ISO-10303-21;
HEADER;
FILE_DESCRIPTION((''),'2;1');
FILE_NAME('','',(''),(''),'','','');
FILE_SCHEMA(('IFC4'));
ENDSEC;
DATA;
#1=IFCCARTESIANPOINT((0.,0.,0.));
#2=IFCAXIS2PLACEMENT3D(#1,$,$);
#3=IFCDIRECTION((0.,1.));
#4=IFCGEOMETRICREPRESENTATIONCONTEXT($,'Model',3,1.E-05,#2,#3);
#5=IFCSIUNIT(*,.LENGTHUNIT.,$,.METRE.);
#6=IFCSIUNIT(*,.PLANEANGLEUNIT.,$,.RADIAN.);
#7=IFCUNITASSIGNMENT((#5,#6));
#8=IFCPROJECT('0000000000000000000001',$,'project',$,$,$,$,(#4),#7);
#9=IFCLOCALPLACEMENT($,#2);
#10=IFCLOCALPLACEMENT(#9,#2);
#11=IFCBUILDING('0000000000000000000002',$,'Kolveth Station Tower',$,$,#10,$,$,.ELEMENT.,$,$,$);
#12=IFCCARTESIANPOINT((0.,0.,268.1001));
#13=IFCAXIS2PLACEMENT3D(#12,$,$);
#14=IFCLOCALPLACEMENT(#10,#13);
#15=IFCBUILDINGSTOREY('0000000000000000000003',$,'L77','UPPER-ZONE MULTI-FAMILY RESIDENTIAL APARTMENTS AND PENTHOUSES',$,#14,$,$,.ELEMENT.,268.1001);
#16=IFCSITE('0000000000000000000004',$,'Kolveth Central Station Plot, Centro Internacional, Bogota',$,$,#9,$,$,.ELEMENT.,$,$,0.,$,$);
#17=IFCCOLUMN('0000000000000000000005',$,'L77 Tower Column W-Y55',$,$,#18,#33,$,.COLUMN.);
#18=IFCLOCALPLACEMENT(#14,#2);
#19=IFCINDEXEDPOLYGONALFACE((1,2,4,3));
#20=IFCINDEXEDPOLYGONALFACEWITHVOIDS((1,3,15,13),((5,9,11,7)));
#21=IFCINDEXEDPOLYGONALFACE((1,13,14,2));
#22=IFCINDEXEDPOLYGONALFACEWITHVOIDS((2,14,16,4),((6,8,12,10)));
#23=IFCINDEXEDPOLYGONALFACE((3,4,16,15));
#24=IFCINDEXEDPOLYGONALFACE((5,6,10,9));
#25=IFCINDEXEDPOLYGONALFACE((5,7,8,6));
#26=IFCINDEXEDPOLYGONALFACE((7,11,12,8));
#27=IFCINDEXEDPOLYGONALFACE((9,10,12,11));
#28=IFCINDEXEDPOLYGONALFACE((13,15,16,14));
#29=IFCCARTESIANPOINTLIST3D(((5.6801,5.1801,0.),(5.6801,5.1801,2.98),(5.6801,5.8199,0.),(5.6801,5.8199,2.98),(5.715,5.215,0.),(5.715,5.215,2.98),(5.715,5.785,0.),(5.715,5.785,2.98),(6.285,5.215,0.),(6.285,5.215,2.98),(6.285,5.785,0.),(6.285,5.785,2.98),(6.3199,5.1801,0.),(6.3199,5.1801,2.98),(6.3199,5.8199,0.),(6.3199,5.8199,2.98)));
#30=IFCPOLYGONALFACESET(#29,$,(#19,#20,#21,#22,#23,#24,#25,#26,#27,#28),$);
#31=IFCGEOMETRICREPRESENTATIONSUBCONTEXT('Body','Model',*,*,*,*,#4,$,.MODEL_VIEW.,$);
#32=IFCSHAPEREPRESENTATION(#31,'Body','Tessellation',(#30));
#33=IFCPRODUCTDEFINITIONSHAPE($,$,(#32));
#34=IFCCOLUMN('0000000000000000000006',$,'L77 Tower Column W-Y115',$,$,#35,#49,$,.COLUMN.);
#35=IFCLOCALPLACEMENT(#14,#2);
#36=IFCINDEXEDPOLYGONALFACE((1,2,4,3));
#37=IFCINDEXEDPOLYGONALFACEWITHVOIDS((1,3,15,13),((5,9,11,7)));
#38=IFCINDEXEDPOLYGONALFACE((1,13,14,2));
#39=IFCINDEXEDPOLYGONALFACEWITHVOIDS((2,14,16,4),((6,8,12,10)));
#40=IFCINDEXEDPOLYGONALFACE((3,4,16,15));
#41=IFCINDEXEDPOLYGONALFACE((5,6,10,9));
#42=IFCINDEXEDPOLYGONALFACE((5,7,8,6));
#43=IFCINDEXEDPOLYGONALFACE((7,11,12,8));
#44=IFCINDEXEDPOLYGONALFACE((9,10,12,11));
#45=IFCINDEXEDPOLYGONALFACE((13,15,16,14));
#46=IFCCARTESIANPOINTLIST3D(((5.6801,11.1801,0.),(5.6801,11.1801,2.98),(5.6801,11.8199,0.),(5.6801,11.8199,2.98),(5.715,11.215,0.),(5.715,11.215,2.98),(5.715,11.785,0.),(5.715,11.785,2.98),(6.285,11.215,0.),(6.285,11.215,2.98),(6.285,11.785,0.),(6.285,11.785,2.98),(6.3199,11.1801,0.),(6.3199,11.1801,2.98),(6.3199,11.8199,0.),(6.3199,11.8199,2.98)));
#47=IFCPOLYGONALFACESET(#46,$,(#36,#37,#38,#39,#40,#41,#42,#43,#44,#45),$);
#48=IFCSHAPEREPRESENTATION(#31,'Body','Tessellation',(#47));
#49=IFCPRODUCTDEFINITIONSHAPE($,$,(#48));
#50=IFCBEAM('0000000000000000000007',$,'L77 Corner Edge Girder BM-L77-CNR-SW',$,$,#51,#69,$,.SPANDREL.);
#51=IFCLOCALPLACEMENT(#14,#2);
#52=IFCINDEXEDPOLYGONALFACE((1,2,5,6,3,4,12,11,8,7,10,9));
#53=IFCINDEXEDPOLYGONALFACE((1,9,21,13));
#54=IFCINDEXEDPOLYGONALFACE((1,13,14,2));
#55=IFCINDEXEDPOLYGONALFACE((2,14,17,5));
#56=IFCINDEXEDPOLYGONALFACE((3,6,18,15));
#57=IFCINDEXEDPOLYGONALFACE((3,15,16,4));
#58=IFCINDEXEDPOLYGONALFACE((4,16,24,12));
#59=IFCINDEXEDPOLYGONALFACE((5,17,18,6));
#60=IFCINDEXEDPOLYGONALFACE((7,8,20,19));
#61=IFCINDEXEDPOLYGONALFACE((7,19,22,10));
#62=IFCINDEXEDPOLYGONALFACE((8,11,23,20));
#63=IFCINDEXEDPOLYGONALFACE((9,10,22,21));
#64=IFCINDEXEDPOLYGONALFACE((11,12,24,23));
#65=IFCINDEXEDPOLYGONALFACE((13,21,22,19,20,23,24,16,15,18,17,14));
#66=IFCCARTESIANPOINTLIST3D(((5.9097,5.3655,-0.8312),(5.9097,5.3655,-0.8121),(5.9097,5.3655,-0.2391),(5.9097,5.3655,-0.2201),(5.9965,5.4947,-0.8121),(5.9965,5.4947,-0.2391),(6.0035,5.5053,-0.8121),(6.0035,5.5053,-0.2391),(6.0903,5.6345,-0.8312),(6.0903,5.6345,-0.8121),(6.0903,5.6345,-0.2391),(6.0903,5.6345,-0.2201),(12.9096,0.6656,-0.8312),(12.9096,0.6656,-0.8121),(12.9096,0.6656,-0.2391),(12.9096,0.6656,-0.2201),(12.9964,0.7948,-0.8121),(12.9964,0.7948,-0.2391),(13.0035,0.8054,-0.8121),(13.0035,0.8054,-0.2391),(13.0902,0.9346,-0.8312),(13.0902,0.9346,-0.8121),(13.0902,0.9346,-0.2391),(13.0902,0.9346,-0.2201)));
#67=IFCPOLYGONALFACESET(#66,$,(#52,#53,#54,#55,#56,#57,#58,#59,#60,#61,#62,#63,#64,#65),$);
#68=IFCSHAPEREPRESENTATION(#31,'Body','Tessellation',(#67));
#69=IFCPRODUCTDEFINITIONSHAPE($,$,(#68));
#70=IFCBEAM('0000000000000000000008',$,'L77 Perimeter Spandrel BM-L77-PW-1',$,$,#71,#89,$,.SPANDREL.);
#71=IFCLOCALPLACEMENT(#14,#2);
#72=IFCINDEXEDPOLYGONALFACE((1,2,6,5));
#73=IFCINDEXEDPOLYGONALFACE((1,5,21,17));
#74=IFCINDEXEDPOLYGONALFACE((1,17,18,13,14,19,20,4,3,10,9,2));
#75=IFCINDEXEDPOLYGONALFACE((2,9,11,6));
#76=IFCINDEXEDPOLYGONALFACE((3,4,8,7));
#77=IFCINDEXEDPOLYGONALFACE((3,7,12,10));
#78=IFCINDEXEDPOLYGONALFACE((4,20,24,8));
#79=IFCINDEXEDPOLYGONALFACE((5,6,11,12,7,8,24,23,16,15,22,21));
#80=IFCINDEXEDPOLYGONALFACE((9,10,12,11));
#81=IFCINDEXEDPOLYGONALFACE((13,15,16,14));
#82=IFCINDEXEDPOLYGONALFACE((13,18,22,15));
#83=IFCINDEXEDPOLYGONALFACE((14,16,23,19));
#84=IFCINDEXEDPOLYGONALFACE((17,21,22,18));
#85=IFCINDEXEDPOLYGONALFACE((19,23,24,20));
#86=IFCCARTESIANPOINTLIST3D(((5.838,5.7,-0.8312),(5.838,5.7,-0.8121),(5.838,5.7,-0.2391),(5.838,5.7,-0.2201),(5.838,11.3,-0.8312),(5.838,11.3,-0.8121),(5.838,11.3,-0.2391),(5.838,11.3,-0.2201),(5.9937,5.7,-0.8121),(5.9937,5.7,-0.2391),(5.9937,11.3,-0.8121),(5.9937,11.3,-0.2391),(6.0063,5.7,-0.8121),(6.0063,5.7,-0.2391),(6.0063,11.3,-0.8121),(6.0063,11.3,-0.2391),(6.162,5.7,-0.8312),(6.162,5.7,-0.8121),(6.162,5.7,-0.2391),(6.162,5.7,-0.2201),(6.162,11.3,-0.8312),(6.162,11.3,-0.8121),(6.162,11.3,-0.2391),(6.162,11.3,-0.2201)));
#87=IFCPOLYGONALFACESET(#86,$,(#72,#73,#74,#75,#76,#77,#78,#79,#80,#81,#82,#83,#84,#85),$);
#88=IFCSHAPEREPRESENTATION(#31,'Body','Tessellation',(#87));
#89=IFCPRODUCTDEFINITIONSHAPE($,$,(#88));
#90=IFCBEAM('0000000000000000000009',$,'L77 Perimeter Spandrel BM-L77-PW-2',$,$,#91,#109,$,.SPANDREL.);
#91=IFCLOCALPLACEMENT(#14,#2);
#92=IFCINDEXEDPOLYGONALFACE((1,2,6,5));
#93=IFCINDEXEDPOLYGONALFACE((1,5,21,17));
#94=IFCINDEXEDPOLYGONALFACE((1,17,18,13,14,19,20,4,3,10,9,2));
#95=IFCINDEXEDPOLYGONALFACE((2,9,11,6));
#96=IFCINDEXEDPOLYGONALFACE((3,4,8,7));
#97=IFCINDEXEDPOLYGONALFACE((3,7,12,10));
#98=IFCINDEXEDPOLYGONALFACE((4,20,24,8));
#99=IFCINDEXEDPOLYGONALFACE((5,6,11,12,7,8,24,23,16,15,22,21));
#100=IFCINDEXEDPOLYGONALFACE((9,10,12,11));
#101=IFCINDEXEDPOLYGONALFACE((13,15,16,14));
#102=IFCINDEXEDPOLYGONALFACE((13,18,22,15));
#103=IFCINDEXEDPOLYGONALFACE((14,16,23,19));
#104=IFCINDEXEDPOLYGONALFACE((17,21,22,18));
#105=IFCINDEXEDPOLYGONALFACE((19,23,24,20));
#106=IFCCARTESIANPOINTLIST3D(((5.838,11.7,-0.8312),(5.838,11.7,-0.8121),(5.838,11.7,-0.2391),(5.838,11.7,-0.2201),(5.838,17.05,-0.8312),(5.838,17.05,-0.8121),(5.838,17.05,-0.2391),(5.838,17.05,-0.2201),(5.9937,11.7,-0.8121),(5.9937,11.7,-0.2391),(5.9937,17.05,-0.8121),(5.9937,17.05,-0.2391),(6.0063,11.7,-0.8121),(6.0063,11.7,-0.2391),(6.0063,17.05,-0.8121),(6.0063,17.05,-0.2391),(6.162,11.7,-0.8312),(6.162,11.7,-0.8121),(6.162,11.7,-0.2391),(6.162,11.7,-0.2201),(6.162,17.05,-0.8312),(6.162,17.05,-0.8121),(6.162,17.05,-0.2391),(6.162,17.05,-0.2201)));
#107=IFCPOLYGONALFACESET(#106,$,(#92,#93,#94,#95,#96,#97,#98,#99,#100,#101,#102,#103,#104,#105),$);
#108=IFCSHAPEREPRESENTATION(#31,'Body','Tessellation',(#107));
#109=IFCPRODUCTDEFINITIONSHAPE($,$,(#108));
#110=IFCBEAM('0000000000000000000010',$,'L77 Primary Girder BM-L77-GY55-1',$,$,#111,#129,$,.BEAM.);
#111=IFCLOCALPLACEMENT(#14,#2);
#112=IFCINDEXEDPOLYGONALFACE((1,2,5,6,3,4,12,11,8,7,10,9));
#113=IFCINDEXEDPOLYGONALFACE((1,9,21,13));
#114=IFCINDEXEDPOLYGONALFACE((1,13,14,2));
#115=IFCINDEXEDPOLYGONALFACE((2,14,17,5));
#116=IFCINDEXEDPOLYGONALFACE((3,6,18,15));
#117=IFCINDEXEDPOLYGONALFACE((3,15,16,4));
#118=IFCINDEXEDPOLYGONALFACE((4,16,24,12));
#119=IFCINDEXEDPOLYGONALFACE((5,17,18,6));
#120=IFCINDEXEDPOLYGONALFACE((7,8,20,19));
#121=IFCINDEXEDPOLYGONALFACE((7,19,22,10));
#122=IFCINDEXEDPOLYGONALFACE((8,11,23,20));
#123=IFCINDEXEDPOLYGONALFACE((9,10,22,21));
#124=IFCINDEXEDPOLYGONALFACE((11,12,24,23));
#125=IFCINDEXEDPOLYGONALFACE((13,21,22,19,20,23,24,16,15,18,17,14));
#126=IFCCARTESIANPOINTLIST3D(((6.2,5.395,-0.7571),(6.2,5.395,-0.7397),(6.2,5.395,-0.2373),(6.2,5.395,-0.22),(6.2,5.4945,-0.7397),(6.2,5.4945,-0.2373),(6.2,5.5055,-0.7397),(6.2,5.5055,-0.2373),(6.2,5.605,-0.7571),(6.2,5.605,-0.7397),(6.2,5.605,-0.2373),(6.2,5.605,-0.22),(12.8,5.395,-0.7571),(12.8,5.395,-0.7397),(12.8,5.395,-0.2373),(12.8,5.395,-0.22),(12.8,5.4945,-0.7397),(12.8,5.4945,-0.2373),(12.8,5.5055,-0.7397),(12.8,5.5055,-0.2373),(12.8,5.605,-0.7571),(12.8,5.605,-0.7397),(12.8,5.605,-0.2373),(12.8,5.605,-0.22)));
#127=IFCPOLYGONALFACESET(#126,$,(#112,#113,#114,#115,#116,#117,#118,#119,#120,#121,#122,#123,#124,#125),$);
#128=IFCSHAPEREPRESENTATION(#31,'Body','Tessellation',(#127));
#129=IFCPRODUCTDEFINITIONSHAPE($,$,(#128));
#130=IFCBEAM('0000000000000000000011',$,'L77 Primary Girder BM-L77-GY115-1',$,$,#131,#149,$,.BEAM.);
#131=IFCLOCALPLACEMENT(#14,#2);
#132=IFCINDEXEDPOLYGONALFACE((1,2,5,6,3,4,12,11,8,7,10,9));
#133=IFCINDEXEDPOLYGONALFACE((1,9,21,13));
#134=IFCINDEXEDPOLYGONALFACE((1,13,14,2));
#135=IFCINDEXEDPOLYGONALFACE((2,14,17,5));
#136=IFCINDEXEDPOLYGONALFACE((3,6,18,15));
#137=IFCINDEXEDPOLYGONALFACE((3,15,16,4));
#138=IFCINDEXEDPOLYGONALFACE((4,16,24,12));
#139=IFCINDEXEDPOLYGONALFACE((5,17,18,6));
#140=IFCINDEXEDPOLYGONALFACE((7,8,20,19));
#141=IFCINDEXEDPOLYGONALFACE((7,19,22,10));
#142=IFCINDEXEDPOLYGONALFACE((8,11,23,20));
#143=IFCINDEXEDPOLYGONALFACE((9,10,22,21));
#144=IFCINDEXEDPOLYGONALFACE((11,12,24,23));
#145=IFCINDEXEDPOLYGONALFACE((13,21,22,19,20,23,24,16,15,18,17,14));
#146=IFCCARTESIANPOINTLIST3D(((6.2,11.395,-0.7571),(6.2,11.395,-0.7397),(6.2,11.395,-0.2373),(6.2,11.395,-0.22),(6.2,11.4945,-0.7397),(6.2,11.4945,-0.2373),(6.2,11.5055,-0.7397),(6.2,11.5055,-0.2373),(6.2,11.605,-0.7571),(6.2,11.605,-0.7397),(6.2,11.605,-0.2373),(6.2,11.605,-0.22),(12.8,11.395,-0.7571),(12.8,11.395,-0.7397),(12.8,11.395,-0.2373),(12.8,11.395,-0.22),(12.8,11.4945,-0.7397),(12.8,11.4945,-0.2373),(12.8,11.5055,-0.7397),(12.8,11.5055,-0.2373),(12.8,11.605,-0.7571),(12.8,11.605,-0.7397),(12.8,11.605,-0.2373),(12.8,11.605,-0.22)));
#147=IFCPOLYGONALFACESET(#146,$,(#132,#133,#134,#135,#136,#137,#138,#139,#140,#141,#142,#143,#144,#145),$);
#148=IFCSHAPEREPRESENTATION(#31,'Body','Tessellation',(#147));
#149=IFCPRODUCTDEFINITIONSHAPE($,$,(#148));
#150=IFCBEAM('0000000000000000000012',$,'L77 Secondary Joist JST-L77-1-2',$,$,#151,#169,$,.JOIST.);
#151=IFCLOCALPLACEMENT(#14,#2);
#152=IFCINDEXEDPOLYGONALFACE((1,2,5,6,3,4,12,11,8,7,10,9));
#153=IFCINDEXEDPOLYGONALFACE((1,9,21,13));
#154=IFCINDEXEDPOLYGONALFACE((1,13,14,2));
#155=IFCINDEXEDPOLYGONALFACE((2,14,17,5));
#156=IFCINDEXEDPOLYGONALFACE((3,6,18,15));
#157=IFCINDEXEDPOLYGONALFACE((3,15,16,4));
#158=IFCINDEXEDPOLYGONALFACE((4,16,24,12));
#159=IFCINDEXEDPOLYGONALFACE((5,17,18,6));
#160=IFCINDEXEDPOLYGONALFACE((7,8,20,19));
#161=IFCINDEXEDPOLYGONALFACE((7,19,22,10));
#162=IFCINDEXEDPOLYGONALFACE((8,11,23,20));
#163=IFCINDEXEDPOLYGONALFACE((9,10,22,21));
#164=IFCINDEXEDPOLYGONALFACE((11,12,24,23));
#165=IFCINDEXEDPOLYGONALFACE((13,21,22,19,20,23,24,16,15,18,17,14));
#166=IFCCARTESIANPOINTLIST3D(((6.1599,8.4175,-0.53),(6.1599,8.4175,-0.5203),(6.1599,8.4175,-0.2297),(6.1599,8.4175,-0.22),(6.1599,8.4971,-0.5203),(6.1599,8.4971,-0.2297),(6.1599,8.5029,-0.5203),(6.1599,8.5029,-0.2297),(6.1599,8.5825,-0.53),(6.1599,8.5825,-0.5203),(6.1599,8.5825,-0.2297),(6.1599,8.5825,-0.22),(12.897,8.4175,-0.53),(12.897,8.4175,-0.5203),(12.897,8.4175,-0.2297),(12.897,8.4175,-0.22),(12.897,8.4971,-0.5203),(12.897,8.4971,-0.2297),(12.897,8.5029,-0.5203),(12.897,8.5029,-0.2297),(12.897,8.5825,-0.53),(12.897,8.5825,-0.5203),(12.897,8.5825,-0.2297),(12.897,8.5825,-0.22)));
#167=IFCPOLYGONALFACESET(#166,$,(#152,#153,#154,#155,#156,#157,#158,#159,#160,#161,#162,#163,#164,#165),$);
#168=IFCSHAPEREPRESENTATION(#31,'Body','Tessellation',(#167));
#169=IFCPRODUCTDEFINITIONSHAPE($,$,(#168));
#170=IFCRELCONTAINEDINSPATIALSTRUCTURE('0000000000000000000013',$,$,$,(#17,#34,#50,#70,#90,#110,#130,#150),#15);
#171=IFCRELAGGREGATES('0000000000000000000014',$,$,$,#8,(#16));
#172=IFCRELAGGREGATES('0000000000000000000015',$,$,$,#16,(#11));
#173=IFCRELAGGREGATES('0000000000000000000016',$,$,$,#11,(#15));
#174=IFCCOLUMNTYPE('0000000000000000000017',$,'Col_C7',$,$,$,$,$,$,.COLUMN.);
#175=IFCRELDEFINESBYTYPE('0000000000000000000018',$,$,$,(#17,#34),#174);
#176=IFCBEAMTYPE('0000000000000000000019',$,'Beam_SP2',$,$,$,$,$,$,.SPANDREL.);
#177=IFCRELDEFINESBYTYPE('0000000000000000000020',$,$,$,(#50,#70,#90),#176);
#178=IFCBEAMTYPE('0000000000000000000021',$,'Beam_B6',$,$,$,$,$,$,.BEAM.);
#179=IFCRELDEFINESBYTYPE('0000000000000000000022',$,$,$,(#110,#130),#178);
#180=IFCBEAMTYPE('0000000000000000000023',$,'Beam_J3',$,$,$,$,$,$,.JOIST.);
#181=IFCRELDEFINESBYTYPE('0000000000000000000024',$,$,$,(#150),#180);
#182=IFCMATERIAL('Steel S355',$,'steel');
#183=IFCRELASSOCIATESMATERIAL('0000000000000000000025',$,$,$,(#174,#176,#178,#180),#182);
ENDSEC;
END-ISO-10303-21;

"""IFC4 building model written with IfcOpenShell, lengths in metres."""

from ifc_helpers import new_model, si_unit, direction, frame, origin, origin_2d, place, context, subcontext, project, spatial, hollow_rectangle, i_section, extrude, source, transform, mapped, material, material_profile, profile_set, type_object, element, save


model = new_model("IFC4")

# Units and contexts
model_context = context("Model", 3, precision=1e-05, world=origin(), true_north=direction((0.0, 1.0)))
body_context = subcontext(model_context, "Body", "Model", "MODEL_VIEW")
ifc_project = project(units=[si_unit("LENGTHUNIT", "METRE"), si_unit("PLANEANGLEUNIT", "RADIAN")], contexts=[model_context])

# Site, building, storey
site_placement = place(None, origin())
site = spatial("IfcSite", under=ifc_project, at=site_placement, Name="Kolveth Central Station Plot, Centro Internacional, Bogota", CompositionType="ELEMENT", RefElevation=0.0)
building_placement = place(site_placement, origin())
building = spatial("IfcBuilding", under=site, at=building_placement, Name="Kolveth Station Tower", CompositionType="ELEMENT")
storey_placement = place(building_placement, frame((0.0, 0.0, 268.1001)))
storey = spatial("IfcBuildingStorey", under=building, at=storey_placement, Name="L77", Description="UPPER-ZONE MULTI-FAMILY RESIDENTIAL APARTMENTS AND PENTHOUSES", CompositionType="ELEMENT", Elevation=268.1001)

# Columns
ifc_material_1 = material(Name="Steel S355", Category="steel")
ifc_material_profile_1 = material_profile(ifc_material_1, hollow_rectangle(XDim=0.6399, YDim=0.6399, WallThickness=0.0349, at=origin_2d()), Name="BOX640x640x35")
ifc_profile_set_1 = profile_set([ifc_material_profile_1], Name="Steel S355")
column_type = type_object("IfcColumnType", Name="Col_C7", PredefinedType="COLUMN", material=ifc_profile_set_1)
shared_shape_1 = source(origin(), body_context, "Body", "SweptSolid", [
    extrude(hollow_rectangle(XDim=0.6399, YDim=0.6399, WallThickness=0.0349, at=origin_2d()), origin(), (0.0, 0.0, 1.0), 2.98),
])
for number, where, z_axis, x_axis, name in (
    (1, (6.0, 5.5, 0.0), (0.0, 0.0, 1.0), (1.0, 0.0, 0.0), "L77 Tower Column W-Y55"),
    (2, (6.0, 11.5, 0.0), (0.0, 0.0, 1.0), (1.0, 0.0, 0.0), "L77 Tower Column W-Y115"),
):
    element("IfcColumn", number, at=place(storey_placement, frame(where, z_axis=z_axis, x_axis=x_axis)), inside=storey, type_object=column_type, Name=name, PredefinedType="COLUMN", context=body_context, shape_type="MappedRepresentation", body=[
        mapped(shared_shape_1, transform((0.0, 0.0, 0.0), x_axis=(1.0, 0.0, 0.0), y_axis=(0.0, 1.0, 0.0), z_axis=(0.0, 0.0, 1.0), scale=1.0)),
    ])

# Beams
ifc_material_profile_2 = material_profile(ifc_material_1, i_section(OverallWidth=0.324, OverallDepth=0.6111, WebThickness=0.0127, FlangeThickness=0.019, at=origin_2d()), Name="W610x155")
ifc_profile_set_2 = profile_set([ifc_material_profile_2], Name="Steel S355")
beam_type_1 = type_object("IfcBeamType", Name="Beam_SP2", PredefinedType="SPANDREL", material=ifc_profile_set_2)
shared_shape_2 = source(origin(), body_context, "Body", "SweptSolid", [
    extrude(i_section(OverallWidth=0.324, OverallDepth=0.6111, WebThickness=0.0127, FlangeThickness=0.019, at=origin_2d()), origin(), (0.0, 0.0, 1.0), 8.4314),
])
beam_1_placement = place(storey_placement, frame((6.0, 5.5, -0.5256), z_axis=(0.830224, -0.55743, 0.0), x_axis=(0.55743, 0.830224, 0.0)))
element("IfcBeam", 3, at=beam_1_placement, inside=storey, type_object=beam_type_1, Name="L77 Corner Edge Girder BM-L77-CNR-SW", PredefinedType="SPANDREL", context=body_context, shape_type="MappedRepresentation", body=[
    mapped(shared_shape_2, transform((0.0, 0.0, 0.0), x_axis=(1.0, 0.0, 0.0), y_axis=(0.0, 1.0, 0.0), z_axis=(0.0, 0.0, 1.0), scale=1.0)),
])
shared_shape_3 = source(origin(), body_context, "Body", "SweptSolid", [
    extrude(i_section(OverallWidth=0.324, OverallDepth=0.6111, WebThickness=0.0127, FlangeThickness=0.019, at=origin_2d()), origin(), (0.0, 0.0, 1.0), 5.6001),
])
beam_2_placement = place(storey_placement, frame((6.0, 5.7, -0.5256), z_axis=(0.0, 1.0, 0.0), x_axis=(-1.0, 0.0, 0.0)))
element("IfcBeam", 4, at=beam_2_placement, inside=storey, type_object=beam_type_1, Name="L77 Perimeter Spandrel BM-L77-PW-1", PredefinedType="SPANDREL", context=body_context, shape_type="MappedRepresentation", body=[
    mapped(shared_shape_3, transform((0.0, 0.0, 0.0), x_axis=(1.0, 0.0, 0.0), y_axis=(0.0, 1.0, 0.0), z_axis=(0.0, 0.0, 1.0), scale=1.0)),
])
shared_shape_4 = source(origin(), body_context, "Body", "SweptSolid", [
    extrude(i_section(OverallWidth=0.324, OverallDepth=0.6111, WebThickness=0.0127, FlangeThickness=0.019, at=origin_2d()), origin(), (0.0, 0.0, 1.0), 5.3501),
])
beam_3_placement = place(storey_placement, frame((6.0, 11.7, -0.5256), z_axis=(0.0, 1.0, 0.0), x_axis=(-1.0, 0.0, 0.0)))
element("IfcBeam", 5, at=beam_3_placement, inside=storey, type_object=beam_type_1, Name="L77 Perimeter Spandrel BM-L77-PW-2", PredefinedType="SPANDREL", context=body_context, shape_type="MappedRepresentation", body=[
    mapped(shared_shape_4, transform((0.0, 0.0, 0.0), x_axis=(1.0, 0.0, 0.0), y_axis=(0.0, 1.0, 0.0), z_axis=(0.0, 0.0, 1.0), scale=1.0)),
])
ifc_material_profile_3 = material_profile(ifc_material_1, i_section(OverallWidth=0.21, OverallDepth=0.5371, WebThickness=0.011, FlangeThickness=0.0173, at=origin_2d()), Name="W530x101")
ifc_profile_set_3 = profile_set([ifc_material_profile_3], Name="Steel S355")
beam_type_2 = type_object("IfcBeamType", Name="Beam_B6", PredefinedType="BEAM", material=ifc_profile_set_3)
shared_shape_5 = source(origin(), body_context, "Body", "SweptSolid", [
    extrude(i_section(OverallWidth=0.21, OverallDepth=0.5371, WebThickness=0.011, FlangeThickness=0.0173, at=origin_2d()), origin(), (0.0, 0.0, 1.0), 6.6001),
])
for number, where, z_axis, x_axis, name in (
    (6, (6.2, 5.5, -0.4885), (1.0, 0.0, 0.0), (0.0, 1.0, 0.0), "L77 Primary Girder BM-L77-GY55-1"),
    (7, (6.2, 11.5, -0.4885), (1.0, 0.0, 0.0), (0.0, 1.0, 0.0), "L77 Primary Girder BM-L77-GY115-1"),
):
    element("IfcBeam", number, at=place(storey_placement, frame(where, z_axis=z_axis, x_axis=x_axis)), inside=storey, type_object=beam_type_2, Name=name, PredefinedType="BEAM", context=body_context, shape_type="MappedRepresentation", body=[
        mapped(shared_shape_5, transform((0.0, 0.0, 0.0), x_axis=(1.0, 0.0, 0.0), y_axis=(0.0, 1.0, 0.0), z_axis=(0.0, 0.0, 1.0), scale=1.0)),
    ])
ifc_material_profile_4 = material_profile(ifc_material_1, i_section(OverallWidth=0.165, OverallDepth=0.3101, WebThickness=0.0059, FlangeThickness=0.0098, at=origin_2d()), Name="W310x39")
ifc_profile_set_4 = profile_set([ifc_material_profile_4], Name="Steel S355")
beam_type_3 = type_object("IfcBeamType", Name="Beam_J3", PredefinedType="JOIST", material=ifc_profile_set_4)
shared_shape_6 = source(origin(), body_context, "Body", "SweptSolid", [
    extrude(i_section(OverallWidth=0.165, OverallDepth=0.3101, WebThickness=0.0059, FlangeThickness=0.0098, at=origin_2d()), origin(), (0.0, 0.0, 1.0), 6.7371),
])
for number, where, z_axis, x_axis, name in (
    (8, (6.1599, 8.5, -0.375), (1.0, 0.0, 0.0), (0.0, 1.0, 0.0), "L77 Secondary Joist JST-L77-1-2"),
):
    element("IfcBeam", number, at=place(storey_placement, frame(where, z_axis=z_axis, x_axis=x_axis)), inside=storey, type_object=beam_type_3, Name=name, PredefinedType="JOIST", context=body_context, shape_type="MappedRepresentation", body=[
        mapped(shared_shape_6, transform((0.0, 0.0, 0.0), x_axis=(1.0, 0.0, 0.0), y_axis=(0.0, 1.0, 0.0), z_axis=(0.0, 0.0, 1.0), scale=1.0)),
    ])

save(model, "model.ifc")
